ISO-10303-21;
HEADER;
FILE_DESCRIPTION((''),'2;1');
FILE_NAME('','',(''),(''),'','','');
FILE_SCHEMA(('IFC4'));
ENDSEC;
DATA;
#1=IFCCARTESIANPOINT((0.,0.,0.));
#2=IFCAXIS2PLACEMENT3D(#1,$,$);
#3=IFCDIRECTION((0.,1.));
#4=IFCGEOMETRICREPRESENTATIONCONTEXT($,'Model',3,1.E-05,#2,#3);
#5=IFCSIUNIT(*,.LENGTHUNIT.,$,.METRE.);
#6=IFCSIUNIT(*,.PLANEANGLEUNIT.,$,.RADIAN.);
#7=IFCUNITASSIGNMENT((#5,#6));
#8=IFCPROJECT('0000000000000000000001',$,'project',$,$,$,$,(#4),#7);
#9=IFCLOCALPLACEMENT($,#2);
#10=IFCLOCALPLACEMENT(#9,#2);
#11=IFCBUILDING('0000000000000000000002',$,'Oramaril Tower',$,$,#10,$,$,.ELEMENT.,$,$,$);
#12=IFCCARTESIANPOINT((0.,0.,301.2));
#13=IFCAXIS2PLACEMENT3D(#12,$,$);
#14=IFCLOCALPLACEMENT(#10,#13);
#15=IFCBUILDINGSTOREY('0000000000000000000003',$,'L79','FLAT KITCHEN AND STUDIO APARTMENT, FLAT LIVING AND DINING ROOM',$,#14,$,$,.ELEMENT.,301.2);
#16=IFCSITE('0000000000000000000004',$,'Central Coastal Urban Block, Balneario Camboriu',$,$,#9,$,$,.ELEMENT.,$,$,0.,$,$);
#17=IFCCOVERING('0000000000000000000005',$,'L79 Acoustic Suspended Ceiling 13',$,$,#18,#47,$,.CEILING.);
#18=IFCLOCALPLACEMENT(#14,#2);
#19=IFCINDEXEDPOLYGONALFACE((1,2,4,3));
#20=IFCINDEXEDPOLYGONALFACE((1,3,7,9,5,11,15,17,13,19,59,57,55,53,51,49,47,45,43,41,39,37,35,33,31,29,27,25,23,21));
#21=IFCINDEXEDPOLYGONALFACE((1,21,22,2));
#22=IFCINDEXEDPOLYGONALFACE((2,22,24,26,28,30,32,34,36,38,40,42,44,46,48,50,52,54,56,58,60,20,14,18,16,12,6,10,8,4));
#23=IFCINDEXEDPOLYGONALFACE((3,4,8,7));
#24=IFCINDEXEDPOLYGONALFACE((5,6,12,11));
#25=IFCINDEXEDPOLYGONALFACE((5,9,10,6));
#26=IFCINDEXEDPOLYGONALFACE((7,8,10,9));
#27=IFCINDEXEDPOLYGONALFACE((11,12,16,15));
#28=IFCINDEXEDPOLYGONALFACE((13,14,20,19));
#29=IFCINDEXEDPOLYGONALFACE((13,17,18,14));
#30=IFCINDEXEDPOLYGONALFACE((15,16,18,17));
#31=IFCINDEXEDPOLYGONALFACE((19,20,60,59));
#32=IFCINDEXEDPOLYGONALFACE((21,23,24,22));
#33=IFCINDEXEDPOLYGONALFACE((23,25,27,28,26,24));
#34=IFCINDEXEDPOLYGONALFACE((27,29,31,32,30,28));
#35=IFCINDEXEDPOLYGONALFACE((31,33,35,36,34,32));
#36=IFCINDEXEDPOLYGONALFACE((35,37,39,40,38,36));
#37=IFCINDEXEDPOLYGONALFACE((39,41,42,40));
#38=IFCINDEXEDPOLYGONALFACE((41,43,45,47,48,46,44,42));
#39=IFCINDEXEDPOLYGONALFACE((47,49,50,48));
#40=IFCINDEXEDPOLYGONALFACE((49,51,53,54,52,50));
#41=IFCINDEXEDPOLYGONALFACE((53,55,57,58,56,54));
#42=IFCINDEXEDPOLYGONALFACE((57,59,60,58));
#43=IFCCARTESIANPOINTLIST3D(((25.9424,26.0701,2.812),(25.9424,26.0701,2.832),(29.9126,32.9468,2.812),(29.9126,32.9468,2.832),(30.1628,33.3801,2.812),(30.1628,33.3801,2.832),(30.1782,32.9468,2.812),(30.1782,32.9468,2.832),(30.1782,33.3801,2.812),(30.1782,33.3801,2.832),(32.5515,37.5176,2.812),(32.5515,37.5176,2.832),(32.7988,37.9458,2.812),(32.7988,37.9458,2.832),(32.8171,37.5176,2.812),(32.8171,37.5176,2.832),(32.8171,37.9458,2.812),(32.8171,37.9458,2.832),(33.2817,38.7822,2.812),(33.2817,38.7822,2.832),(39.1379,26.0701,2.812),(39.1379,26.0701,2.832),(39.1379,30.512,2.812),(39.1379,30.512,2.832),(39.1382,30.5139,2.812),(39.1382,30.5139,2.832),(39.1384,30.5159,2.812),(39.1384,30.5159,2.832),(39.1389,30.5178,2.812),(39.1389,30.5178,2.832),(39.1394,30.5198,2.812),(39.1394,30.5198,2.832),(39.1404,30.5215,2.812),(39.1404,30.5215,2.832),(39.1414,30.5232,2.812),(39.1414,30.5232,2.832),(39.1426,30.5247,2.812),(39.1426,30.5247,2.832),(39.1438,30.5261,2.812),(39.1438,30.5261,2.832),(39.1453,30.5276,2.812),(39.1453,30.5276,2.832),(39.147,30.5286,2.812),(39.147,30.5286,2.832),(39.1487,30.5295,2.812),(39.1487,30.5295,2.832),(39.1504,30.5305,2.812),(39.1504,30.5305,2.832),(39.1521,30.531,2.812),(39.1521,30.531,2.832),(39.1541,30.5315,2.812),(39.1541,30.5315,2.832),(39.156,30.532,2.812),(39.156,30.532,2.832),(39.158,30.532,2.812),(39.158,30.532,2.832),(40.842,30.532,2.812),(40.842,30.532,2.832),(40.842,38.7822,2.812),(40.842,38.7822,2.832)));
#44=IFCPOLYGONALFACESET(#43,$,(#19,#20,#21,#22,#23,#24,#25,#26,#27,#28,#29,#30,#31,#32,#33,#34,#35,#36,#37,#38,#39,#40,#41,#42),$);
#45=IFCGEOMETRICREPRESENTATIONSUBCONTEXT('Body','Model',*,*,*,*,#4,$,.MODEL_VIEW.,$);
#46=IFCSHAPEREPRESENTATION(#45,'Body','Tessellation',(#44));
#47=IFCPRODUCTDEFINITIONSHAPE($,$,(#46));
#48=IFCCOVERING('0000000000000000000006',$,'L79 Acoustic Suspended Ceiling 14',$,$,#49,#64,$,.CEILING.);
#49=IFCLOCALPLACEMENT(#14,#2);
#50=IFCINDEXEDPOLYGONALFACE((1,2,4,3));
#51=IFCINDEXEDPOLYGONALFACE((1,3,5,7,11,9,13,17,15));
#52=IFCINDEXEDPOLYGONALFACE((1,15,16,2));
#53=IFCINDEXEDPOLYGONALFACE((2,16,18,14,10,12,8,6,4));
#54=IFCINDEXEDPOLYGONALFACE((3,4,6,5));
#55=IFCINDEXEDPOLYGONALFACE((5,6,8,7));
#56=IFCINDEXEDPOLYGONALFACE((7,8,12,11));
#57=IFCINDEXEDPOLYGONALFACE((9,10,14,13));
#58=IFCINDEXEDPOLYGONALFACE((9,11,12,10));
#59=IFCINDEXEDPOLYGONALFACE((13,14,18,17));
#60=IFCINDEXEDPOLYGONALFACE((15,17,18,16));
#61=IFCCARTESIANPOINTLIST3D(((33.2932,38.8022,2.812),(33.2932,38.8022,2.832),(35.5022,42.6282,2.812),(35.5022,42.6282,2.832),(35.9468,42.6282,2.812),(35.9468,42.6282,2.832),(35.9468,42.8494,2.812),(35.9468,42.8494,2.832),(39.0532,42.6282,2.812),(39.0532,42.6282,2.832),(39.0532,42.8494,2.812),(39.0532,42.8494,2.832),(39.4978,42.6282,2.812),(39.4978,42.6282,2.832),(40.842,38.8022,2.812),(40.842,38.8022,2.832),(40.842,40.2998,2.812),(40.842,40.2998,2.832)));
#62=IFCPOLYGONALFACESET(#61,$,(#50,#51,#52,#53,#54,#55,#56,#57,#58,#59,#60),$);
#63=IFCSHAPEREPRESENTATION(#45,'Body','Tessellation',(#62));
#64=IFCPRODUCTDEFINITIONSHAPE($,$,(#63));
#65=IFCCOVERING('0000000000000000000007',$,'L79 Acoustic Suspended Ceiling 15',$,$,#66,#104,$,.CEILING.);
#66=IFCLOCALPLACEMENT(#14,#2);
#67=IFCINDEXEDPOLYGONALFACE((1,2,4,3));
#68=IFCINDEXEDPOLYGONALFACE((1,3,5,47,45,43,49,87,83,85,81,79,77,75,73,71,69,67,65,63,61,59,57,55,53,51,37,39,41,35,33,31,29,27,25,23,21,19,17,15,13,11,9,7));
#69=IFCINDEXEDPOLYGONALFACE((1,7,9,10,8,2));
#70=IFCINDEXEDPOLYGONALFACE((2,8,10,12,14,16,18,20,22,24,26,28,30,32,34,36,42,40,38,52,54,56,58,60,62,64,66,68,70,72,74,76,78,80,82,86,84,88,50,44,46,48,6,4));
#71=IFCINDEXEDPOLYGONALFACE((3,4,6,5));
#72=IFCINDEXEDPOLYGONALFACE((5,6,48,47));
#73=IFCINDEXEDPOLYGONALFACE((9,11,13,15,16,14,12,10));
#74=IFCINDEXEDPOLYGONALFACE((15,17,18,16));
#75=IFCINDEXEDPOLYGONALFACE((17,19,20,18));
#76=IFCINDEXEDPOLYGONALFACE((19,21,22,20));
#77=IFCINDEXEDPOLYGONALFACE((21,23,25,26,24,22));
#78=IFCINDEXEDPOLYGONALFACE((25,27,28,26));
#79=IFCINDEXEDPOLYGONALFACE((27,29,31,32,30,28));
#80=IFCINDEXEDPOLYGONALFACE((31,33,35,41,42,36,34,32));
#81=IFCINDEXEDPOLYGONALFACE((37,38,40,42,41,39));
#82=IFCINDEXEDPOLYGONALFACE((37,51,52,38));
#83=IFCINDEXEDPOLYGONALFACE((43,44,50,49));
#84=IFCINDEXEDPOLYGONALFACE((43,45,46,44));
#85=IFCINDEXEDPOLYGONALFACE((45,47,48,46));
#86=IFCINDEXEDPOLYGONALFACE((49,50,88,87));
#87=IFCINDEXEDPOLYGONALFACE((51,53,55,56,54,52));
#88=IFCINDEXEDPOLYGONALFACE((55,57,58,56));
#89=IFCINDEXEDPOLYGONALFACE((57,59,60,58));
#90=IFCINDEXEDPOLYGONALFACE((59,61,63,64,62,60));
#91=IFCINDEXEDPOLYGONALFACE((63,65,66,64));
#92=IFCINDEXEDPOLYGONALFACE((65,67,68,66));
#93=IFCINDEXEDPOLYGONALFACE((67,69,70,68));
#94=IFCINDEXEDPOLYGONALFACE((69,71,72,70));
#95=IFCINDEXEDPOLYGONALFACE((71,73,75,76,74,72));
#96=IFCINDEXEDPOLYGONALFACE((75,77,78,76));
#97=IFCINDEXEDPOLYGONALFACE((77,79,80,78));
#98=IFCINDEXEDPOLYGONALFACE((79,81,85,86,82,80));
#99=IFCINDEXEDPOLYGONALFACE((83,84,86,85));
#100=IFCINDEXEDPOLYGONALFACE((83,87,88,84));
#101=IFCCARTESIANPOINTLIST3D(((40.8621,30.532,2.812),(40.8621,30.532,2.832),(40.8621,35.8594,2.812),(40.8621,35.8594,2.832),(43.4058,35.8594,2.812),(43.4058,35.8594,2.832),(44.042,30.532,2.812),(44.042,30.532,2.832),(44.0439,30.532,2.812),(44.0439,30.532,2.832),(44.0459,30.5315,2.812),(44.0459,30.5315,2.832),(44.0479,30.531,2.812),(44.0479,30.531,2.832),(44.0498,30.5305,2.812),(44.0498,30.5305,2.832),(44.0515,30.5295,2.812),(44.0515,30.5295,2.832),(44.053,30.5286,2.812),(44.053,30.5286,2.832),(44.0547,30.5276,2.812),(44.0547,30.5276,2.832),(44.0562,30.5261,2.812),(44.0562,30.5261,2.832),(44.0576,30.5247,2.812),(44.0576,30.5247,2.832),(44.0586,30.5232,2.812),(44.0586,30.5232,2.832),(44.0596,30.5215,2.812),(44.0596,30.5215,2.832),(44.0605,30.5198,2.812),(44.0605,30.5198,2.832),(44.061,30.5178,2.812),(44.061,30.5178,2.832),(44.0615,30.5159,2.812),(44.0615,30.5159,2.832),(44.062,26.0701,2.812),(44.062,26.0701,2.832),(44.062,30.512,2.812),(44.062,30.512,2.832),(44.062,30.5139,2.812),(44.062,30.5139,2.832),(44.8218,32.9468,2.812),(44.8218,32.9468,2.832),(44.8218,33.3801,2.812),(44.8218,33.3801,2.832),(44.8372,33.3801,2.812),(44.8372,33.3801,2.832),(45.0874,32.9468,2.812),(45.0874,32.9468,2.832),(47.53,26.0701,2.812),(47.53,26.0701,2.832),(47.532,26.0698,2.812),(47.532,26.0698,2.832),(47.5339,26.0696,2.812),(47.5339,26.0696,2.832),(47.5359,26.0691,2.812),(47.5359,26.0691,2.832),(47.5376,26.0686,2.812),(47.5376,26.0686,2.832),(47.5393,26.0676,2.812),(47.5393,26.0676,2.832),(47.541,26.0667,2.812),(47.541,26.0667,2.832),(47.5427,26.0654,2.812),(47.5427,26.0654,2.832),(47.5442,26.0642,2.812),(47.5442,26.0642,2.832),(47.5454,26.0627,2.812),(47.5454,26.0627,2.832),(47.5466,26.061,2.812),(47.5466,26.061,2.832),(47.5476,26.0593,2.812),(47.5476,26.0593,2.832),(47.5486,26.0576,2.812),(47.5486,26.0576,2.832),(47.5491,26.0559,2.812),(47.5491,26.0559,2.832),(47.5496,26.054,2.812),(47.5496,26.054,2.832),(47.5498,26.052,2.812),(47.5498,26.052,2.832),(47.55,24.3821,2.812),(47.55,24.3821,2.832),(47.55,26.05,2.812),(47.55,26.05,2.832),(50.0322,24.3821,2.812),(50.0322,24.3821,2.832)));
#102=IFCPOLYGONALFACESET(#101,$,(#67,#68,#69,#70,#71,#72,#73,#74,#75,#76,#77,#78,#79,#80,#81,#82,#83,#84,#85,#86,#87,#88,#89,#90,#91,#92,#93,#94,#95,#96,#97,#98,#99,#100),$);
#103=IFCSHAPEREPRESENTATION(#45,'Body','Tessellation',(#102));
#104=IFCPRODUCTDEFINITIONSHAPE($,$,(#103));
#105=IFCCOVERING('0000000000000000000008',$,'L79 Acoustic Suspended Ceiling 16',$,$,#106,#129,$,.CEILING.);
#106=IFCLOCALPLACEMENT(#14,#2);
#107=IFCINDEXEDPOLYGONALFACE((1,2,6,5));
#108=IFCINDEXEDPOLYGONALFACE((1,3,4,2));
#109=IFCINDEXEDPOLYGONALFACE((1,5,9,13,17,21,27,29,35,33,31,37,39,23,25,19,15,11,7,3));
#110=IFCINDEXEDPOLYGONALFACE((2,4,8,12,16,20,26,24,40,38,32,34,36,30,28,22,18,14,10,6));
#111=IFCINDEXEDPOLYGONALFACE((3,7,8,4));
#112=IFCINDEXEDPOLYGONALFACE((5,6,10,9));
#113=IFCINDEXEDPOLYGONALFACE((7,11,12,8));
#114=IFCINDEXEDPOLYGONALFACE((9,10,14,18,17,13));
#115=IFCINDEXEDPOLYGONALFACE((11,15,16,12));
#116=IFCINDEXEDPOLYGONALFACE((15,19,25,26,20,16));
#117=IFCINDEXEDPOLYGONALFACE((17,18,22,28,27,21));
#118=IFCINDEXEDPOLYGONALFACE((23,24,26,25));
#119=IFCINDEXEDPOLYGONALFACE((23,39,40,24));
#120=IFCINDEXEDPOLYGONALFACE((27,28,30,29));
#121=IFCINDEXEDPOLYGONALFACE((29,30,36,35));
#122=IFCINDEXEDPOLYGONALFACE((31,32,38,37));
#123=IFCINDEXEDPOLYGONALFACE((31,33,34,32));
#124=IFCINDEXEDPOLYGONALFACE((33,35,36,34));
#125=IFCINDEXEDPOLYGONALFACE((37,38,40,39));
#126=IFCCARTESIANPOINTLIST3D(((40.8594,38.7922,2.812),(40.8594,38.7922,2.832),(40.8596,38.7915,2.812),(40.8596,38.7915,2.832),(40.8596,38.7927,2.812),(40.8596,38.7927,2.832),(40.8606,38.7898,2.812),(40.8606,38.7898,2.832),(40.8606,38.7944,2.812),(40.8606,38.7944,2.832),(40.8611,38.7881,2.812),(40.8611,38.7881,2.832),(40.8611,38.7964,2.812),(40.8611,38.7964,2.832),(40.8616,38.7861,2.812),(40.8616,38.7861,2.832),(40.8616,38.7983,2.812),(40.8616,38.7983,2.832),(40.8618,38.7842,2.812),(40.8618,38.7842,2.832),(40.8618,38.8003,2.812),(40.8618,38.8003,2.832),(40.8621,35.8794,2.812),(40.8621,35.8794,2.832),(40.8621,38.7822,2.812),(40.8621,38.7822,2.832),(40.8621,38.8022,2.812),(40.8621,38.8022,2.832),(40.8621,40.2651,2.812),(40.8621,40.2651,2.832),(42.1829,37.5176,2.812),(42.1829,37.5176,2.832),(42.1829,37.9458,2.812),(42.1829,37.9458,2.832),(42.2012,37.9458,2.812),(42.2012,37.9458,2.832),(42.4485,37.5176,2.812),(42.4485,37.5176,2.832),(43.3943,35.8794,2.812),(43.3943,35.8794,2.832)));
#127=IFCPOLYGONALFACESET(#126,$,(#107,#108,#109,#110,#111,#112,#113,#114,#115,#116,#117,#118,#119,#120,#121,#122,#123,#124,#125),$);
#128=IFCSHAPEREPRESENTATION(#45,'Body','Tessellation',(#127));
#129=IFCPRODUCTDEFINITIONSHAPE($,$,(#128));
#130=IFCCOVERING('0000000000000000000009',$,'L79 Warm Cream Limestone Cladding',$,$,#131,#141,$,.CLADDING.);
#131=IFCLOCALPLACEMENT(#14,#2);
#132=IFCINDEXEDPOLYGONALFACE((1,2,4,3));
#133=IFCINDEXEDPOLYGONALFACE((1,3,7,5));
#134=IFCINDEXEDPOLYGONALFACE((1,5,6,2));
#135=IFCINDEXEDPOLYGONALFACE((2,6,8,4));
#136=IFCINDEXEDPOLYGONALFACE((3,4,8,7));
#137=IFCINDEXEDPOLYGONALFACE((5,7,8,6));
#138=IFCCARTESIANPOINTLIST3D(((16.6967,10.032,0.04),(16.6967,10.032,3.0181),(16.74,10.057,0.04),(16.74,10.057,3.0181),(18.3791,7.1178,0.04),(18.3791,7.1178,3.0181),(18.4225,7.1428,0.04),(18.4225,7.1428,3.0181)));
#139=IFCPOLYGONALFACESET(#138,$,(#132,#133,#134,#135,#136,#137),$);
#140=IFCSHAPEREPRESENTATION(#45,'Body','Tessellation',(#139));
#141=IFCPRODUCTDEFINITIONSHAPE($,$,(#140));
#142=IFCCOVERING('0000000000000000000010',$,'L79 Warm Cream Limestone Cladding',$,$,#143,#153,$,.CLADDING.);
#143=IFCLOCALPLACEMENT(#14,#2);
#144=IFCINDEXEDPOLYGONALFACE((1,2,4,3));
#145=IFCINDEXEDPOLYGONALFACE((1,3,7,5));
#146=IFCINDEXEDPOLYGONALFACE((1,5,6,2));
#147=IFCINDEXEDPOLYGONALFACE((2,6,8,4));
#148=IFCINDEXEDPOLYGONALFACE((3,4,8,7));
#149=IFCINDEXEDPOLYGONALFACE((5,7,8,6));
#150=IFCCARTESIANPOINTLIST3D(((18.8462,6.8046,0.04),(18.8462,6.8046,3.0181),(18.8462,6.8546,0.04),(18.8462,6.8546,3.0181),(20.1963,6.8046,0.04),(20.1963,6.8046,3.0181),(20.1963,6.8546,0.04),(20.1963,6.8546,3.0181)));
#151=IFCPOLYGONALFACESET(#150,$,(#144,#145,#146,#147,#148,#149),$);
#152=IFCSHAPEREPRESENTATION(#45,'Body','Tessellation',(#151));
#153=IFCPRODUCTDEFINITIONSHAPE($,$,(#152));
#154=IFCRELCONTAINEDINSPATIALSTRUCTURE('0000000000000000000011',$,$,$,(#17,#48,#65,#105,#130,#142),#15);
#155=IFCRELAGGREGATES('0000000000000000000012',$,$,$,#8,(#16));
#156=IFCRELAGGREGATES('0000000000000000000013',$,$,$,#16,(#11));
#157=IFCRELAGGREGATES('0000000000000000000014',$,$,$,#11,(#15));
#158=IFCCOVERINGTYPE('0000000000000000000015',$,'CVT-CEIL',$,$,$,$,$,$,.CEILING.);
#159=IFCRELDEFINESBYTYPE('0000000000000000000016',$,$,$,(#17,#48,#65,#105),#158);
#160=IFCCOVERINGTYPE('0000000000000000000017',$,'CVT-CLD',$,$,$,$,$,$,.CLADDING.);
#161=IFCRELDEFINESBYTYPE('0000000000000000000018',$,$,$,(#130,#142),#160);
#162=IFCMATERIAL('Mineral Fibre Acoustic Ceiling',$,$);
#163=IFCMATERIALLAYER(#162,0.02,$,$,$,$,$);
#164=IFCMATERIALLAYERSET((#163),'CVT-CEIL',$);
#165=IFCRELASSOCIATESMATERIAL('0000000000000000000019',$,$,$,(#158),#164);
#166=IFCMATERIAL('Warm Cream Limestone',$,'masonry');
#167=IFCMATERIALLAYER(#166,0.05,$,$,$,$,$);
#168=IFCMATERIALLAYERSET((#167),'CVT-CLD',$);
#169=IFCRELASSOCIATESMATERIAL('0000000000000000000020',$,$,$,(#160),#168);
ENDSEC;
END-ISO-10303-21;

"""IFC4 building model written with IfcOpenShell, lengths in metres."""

from ifc_helpers import new_model, si_unit, direction, frame, origin, origin_2d, place, context, subcontext, project, spatial, polyline, rectangle, outline, extrude, material, layer, layer_set, type_object, element, save


model = new_model("IFC4")

# Units and contexts
model_context = context("Model", 3, precision=1e-05, world=origin(), true_north=direction((0.0, 1.0)))
body_context = subcontext(model_context, "Body", "Model", "MODEL_VIEW")
ifc_project = project(units=[si_unit("LENGTHUNIT", "METRE"), si_unit("PLANEANGLEUNIT", "RADIAN")], contexts=[model_context])

# Site, building, storey
site_placement = place(None, origin())
site = spatial("IfcSite", under=ifc_project, at=site_placement, Name="Central Coastal Urban Block, Balneario Camboriu", CompositionType="ELEMENT", RefElevation=0.0)
building_placement = place(site_placement, origin())
building = spatial("IfcBuilding", under=site, at=building_placement, Name="Oramaril Tower", CompositionType="ELEMENT")
storey_placement = place(building_placement, frame((0.0, 0.0, 301.2)))
storey = spatial("IfcBuildingStorey", under=building, at=storey_placement, Name="L79", Description="FLAT KITCHEN AND STUDIO APARTMENT, FLAT LIVING AND DINING ROOM", CompositionType="ELEMENT", Elevation=301.2)

# Coverings
ifc_material_1 = material(Name="Mineral Fibre Acoustic Ceiling")
ifc_layer_1 = layer(ifc_material_1, 0.02)
ifc_layer_set_1 = layer_set([ifc_layer_1], Name="CVT-CEIL")
covering_type_1 = type_object("IfcCoveringType", Name="CVT-CEIL", PredefinedType="CEILING", material=ifc_layer_set_1)
covering_1_placement = place(storey_placement, frame((0.0, 0.0, 2.812)))
element("IfcCovering", 1, at=covering_1_placement, inside=storey, type_object=covering_type_1, Name="L79 Acoustic Suspended Ceiling 13", PredefinedType="CEILING", context=body_context, shape_type="SweptSolid", body=[
    extrude(outline(polyline([(29.9126, 32.9468), (30.1782, 32.9468), (30.1782, 33.3801), (30.1628, 33.3801), (32.5515, 37.5176), (32.8171, 37.5176), (32.8171, 37.9458), (32.7988, 37.9458), (33.2817, 38.7822), (40.842, 38.7822), (40.842, 30.532), (39.158, 30.532), (39.156, 30.532), (39.1541, 30.5315), (39.1521, 30.531), (39.1504, 30.5305), (39.1487, 30.5295), (39.147, 30.5286), (39.1453, 30.5276), (39.1438, 30.5261), (39.1426, 30.5247), (39.1414, 30.5232), (39.1404, 30.5215), (39.1394, 30.5198), (39.1389, 30.5178), (39.1384, 30.5159), (39.1382, 30.5139), (39.1379, 30.512), (39.1379, 26.0701), (25.9424, 26.0701), (29.9126, 32.9468)])), origin(), (0.0, 0.0, 1.0), 0.02),
])
covering_2_placement = place(storey_placement, frame((0.0, 0.0, 2.812)))
element("IfcCovering", 2, at=covering_2_placement, inside=storey, type_object=covering_type_1, Name="L79 Acoustic Suspended Ceiling 14", PredefinedType="CEILING", context=body_context, shape_type="SweptSolid", body=[
    extrude(outline(polyline([(39.0532, 42.6282), (39.4978, 42.6282), (40.842, 40.2998), (40.842, 38.8022), (33.2932, 38.8022), (35.5022, 42.6282), (35.9468, 42.6282), (35.9468, 42.8494), (39.0532, 42.8494), (39.0532, 42.6282)])), origin(), (0.0, 0.0, 1.0), 0.02),
])
covering_3_placement = place(storey_placement, frame((0.0, 0.0, 2.812)))
element("IfcCovering", 3, at=covering_3_placement, inside=storey, type_object=covering_type_1, Name="L79 Acoustic Suspended Ceiling 15", PredefinedType="CEILING", context=body_context, shape_type="SweptSolid", body=[
    extrude(outline(polyline([(43.4058, 35.8594), (44.8372, 33.3801), (44.8218, 33.3801), (44.8218, 32.9468), (45.0874, 32.9468), (50.0322, 24.3821), (47.55, 24.3821), (47.55, 26.05), (47.5498, 26.052), (47.5496, 26.054), (47.5491, 26.0559), (47.5486, 26.0576), (47.5476, 26.0593), (47.5466, 26.061), (47.5454, 26.0627), (47.5442, 26.0642), (47.5427, 26.0654), (47.541, 26.0667), (47.5393, 26.0676), (47.5376, 26.0686), (47.5359, 26.0691), (47.5339, 26.0696), (47.532, 26.0698), (47.53, 26.0701), (44.062, 26.0701), (44.062, 30.512), (44.062, 30.5139), (44.0615, 30.5159), (44.061, 30.5178), (44.0605, 30.5198), (44.0596, 30.5215), (44.0586, 30.5232), (44.0576, 30.5247), (44.0562, 30.5261), (44.0547, 30.5276), (44.053, 30.5286), (44.0515, 30.5295), (44.0498, 30.5305), (44.0479, 30.531), (44.0459, 30.5315), (44.0439, 30.532), (44.042, 30.532), (40.8621, 30.532), (40.8621, 35.8594), (43.4058, 35.8594)])), origin(), (0.0, 0.0, 1.0), 0.02),
])
covering_4_placement = place(storey_placement, frame((0.0, 0.0, 2.812)))
element("IfcCovering", 4, at=covering_4_placement, inside=storey, type_object=covering_type_1, Name="L79 Acoustic Suspended Ceiling 16", PredefinedType="CEILING", context=body_context, shape_type="SweptSolid", body=[
    extrude(outline(polyline([(42.1829, 37.9458), (42.1829, 37.5176), (42.4485, 37.5176), (43.3943, 35.8794), (40.8621, 35.8794), (40.8621, 38.7822), (40.8618, 38.7842), (40.8616, 38.7861), (40.8611, 38.7881), (40.8606, 38.7898), (40.8596, 38.7915), (40.8594, 38.7922), (40.8596, 38.7927), (40.8606, 38.7944), (40.8611, 38.7964), (40.8616, 38.7983), (40.8618, 38.8003), (40.8621, 38.8022), (40.8621, 40.2651), (42.2012, 37.9458), (42.1829, 37.9458)])), origin(), (0.0, 0.0, 1.0), 0.02),
])
ifc_material_2 = material(Name="Warm Cream Limestone", Category="masonry")
ifc_layer_2 = layer(ifc_material_2, 0.05)
ifc_layer_set_2 = layer_set([ifc_layer_2], Name="CVT-CLD")
covering_type_2 = type_object("IfcCoveringType", Name="CVT-CLD", PredefinedType="CLADDING", material=ifc_layer_set_2)
covering_5_placement = place(storey_placement, frame((17.5596, 8.5874, 0.04), z_axis=(0.0, 0.0, 1.0), x_axis=(0.499998, -0.866026, 0.0)))
element("IfcCovering", 5, at=covering_5_placement, inside=storey, type_object=covering_type_2, Name="L79 Warm Cream Limestone Cladding", PredefinedType="CLADDING", context=body_context, shape_type="SweptSolid", body=[
    extrude(rectangle(XDim=3.365, YDim=0.05, at=origin_2d()), origin(), (0.0, 0.0, 1.0), 2.978),
])
covering_6_placement = place(storey_placement, frame((19.5212, 6.8296, 0.04), z_axis=(0.0, 0.0, 1.0), x_axis=(1.0, 0.0, 0.0)))
element("IfcCovering", 6, at=covering_6_placement, inside=storey, type_object=covering_type_2, Name="L79 Warm Cream Limestone Cladding", PredefinedType="CLADDING", context=body_context, shape_type="SweptSolid", body=[
    extrude(rectangle(XDim=1.3501, YDim=0.05, at=origin_2d()), origin(), (0.0, 0.0, 1.0), 2.978),
])

save(model, "model.ifc")
